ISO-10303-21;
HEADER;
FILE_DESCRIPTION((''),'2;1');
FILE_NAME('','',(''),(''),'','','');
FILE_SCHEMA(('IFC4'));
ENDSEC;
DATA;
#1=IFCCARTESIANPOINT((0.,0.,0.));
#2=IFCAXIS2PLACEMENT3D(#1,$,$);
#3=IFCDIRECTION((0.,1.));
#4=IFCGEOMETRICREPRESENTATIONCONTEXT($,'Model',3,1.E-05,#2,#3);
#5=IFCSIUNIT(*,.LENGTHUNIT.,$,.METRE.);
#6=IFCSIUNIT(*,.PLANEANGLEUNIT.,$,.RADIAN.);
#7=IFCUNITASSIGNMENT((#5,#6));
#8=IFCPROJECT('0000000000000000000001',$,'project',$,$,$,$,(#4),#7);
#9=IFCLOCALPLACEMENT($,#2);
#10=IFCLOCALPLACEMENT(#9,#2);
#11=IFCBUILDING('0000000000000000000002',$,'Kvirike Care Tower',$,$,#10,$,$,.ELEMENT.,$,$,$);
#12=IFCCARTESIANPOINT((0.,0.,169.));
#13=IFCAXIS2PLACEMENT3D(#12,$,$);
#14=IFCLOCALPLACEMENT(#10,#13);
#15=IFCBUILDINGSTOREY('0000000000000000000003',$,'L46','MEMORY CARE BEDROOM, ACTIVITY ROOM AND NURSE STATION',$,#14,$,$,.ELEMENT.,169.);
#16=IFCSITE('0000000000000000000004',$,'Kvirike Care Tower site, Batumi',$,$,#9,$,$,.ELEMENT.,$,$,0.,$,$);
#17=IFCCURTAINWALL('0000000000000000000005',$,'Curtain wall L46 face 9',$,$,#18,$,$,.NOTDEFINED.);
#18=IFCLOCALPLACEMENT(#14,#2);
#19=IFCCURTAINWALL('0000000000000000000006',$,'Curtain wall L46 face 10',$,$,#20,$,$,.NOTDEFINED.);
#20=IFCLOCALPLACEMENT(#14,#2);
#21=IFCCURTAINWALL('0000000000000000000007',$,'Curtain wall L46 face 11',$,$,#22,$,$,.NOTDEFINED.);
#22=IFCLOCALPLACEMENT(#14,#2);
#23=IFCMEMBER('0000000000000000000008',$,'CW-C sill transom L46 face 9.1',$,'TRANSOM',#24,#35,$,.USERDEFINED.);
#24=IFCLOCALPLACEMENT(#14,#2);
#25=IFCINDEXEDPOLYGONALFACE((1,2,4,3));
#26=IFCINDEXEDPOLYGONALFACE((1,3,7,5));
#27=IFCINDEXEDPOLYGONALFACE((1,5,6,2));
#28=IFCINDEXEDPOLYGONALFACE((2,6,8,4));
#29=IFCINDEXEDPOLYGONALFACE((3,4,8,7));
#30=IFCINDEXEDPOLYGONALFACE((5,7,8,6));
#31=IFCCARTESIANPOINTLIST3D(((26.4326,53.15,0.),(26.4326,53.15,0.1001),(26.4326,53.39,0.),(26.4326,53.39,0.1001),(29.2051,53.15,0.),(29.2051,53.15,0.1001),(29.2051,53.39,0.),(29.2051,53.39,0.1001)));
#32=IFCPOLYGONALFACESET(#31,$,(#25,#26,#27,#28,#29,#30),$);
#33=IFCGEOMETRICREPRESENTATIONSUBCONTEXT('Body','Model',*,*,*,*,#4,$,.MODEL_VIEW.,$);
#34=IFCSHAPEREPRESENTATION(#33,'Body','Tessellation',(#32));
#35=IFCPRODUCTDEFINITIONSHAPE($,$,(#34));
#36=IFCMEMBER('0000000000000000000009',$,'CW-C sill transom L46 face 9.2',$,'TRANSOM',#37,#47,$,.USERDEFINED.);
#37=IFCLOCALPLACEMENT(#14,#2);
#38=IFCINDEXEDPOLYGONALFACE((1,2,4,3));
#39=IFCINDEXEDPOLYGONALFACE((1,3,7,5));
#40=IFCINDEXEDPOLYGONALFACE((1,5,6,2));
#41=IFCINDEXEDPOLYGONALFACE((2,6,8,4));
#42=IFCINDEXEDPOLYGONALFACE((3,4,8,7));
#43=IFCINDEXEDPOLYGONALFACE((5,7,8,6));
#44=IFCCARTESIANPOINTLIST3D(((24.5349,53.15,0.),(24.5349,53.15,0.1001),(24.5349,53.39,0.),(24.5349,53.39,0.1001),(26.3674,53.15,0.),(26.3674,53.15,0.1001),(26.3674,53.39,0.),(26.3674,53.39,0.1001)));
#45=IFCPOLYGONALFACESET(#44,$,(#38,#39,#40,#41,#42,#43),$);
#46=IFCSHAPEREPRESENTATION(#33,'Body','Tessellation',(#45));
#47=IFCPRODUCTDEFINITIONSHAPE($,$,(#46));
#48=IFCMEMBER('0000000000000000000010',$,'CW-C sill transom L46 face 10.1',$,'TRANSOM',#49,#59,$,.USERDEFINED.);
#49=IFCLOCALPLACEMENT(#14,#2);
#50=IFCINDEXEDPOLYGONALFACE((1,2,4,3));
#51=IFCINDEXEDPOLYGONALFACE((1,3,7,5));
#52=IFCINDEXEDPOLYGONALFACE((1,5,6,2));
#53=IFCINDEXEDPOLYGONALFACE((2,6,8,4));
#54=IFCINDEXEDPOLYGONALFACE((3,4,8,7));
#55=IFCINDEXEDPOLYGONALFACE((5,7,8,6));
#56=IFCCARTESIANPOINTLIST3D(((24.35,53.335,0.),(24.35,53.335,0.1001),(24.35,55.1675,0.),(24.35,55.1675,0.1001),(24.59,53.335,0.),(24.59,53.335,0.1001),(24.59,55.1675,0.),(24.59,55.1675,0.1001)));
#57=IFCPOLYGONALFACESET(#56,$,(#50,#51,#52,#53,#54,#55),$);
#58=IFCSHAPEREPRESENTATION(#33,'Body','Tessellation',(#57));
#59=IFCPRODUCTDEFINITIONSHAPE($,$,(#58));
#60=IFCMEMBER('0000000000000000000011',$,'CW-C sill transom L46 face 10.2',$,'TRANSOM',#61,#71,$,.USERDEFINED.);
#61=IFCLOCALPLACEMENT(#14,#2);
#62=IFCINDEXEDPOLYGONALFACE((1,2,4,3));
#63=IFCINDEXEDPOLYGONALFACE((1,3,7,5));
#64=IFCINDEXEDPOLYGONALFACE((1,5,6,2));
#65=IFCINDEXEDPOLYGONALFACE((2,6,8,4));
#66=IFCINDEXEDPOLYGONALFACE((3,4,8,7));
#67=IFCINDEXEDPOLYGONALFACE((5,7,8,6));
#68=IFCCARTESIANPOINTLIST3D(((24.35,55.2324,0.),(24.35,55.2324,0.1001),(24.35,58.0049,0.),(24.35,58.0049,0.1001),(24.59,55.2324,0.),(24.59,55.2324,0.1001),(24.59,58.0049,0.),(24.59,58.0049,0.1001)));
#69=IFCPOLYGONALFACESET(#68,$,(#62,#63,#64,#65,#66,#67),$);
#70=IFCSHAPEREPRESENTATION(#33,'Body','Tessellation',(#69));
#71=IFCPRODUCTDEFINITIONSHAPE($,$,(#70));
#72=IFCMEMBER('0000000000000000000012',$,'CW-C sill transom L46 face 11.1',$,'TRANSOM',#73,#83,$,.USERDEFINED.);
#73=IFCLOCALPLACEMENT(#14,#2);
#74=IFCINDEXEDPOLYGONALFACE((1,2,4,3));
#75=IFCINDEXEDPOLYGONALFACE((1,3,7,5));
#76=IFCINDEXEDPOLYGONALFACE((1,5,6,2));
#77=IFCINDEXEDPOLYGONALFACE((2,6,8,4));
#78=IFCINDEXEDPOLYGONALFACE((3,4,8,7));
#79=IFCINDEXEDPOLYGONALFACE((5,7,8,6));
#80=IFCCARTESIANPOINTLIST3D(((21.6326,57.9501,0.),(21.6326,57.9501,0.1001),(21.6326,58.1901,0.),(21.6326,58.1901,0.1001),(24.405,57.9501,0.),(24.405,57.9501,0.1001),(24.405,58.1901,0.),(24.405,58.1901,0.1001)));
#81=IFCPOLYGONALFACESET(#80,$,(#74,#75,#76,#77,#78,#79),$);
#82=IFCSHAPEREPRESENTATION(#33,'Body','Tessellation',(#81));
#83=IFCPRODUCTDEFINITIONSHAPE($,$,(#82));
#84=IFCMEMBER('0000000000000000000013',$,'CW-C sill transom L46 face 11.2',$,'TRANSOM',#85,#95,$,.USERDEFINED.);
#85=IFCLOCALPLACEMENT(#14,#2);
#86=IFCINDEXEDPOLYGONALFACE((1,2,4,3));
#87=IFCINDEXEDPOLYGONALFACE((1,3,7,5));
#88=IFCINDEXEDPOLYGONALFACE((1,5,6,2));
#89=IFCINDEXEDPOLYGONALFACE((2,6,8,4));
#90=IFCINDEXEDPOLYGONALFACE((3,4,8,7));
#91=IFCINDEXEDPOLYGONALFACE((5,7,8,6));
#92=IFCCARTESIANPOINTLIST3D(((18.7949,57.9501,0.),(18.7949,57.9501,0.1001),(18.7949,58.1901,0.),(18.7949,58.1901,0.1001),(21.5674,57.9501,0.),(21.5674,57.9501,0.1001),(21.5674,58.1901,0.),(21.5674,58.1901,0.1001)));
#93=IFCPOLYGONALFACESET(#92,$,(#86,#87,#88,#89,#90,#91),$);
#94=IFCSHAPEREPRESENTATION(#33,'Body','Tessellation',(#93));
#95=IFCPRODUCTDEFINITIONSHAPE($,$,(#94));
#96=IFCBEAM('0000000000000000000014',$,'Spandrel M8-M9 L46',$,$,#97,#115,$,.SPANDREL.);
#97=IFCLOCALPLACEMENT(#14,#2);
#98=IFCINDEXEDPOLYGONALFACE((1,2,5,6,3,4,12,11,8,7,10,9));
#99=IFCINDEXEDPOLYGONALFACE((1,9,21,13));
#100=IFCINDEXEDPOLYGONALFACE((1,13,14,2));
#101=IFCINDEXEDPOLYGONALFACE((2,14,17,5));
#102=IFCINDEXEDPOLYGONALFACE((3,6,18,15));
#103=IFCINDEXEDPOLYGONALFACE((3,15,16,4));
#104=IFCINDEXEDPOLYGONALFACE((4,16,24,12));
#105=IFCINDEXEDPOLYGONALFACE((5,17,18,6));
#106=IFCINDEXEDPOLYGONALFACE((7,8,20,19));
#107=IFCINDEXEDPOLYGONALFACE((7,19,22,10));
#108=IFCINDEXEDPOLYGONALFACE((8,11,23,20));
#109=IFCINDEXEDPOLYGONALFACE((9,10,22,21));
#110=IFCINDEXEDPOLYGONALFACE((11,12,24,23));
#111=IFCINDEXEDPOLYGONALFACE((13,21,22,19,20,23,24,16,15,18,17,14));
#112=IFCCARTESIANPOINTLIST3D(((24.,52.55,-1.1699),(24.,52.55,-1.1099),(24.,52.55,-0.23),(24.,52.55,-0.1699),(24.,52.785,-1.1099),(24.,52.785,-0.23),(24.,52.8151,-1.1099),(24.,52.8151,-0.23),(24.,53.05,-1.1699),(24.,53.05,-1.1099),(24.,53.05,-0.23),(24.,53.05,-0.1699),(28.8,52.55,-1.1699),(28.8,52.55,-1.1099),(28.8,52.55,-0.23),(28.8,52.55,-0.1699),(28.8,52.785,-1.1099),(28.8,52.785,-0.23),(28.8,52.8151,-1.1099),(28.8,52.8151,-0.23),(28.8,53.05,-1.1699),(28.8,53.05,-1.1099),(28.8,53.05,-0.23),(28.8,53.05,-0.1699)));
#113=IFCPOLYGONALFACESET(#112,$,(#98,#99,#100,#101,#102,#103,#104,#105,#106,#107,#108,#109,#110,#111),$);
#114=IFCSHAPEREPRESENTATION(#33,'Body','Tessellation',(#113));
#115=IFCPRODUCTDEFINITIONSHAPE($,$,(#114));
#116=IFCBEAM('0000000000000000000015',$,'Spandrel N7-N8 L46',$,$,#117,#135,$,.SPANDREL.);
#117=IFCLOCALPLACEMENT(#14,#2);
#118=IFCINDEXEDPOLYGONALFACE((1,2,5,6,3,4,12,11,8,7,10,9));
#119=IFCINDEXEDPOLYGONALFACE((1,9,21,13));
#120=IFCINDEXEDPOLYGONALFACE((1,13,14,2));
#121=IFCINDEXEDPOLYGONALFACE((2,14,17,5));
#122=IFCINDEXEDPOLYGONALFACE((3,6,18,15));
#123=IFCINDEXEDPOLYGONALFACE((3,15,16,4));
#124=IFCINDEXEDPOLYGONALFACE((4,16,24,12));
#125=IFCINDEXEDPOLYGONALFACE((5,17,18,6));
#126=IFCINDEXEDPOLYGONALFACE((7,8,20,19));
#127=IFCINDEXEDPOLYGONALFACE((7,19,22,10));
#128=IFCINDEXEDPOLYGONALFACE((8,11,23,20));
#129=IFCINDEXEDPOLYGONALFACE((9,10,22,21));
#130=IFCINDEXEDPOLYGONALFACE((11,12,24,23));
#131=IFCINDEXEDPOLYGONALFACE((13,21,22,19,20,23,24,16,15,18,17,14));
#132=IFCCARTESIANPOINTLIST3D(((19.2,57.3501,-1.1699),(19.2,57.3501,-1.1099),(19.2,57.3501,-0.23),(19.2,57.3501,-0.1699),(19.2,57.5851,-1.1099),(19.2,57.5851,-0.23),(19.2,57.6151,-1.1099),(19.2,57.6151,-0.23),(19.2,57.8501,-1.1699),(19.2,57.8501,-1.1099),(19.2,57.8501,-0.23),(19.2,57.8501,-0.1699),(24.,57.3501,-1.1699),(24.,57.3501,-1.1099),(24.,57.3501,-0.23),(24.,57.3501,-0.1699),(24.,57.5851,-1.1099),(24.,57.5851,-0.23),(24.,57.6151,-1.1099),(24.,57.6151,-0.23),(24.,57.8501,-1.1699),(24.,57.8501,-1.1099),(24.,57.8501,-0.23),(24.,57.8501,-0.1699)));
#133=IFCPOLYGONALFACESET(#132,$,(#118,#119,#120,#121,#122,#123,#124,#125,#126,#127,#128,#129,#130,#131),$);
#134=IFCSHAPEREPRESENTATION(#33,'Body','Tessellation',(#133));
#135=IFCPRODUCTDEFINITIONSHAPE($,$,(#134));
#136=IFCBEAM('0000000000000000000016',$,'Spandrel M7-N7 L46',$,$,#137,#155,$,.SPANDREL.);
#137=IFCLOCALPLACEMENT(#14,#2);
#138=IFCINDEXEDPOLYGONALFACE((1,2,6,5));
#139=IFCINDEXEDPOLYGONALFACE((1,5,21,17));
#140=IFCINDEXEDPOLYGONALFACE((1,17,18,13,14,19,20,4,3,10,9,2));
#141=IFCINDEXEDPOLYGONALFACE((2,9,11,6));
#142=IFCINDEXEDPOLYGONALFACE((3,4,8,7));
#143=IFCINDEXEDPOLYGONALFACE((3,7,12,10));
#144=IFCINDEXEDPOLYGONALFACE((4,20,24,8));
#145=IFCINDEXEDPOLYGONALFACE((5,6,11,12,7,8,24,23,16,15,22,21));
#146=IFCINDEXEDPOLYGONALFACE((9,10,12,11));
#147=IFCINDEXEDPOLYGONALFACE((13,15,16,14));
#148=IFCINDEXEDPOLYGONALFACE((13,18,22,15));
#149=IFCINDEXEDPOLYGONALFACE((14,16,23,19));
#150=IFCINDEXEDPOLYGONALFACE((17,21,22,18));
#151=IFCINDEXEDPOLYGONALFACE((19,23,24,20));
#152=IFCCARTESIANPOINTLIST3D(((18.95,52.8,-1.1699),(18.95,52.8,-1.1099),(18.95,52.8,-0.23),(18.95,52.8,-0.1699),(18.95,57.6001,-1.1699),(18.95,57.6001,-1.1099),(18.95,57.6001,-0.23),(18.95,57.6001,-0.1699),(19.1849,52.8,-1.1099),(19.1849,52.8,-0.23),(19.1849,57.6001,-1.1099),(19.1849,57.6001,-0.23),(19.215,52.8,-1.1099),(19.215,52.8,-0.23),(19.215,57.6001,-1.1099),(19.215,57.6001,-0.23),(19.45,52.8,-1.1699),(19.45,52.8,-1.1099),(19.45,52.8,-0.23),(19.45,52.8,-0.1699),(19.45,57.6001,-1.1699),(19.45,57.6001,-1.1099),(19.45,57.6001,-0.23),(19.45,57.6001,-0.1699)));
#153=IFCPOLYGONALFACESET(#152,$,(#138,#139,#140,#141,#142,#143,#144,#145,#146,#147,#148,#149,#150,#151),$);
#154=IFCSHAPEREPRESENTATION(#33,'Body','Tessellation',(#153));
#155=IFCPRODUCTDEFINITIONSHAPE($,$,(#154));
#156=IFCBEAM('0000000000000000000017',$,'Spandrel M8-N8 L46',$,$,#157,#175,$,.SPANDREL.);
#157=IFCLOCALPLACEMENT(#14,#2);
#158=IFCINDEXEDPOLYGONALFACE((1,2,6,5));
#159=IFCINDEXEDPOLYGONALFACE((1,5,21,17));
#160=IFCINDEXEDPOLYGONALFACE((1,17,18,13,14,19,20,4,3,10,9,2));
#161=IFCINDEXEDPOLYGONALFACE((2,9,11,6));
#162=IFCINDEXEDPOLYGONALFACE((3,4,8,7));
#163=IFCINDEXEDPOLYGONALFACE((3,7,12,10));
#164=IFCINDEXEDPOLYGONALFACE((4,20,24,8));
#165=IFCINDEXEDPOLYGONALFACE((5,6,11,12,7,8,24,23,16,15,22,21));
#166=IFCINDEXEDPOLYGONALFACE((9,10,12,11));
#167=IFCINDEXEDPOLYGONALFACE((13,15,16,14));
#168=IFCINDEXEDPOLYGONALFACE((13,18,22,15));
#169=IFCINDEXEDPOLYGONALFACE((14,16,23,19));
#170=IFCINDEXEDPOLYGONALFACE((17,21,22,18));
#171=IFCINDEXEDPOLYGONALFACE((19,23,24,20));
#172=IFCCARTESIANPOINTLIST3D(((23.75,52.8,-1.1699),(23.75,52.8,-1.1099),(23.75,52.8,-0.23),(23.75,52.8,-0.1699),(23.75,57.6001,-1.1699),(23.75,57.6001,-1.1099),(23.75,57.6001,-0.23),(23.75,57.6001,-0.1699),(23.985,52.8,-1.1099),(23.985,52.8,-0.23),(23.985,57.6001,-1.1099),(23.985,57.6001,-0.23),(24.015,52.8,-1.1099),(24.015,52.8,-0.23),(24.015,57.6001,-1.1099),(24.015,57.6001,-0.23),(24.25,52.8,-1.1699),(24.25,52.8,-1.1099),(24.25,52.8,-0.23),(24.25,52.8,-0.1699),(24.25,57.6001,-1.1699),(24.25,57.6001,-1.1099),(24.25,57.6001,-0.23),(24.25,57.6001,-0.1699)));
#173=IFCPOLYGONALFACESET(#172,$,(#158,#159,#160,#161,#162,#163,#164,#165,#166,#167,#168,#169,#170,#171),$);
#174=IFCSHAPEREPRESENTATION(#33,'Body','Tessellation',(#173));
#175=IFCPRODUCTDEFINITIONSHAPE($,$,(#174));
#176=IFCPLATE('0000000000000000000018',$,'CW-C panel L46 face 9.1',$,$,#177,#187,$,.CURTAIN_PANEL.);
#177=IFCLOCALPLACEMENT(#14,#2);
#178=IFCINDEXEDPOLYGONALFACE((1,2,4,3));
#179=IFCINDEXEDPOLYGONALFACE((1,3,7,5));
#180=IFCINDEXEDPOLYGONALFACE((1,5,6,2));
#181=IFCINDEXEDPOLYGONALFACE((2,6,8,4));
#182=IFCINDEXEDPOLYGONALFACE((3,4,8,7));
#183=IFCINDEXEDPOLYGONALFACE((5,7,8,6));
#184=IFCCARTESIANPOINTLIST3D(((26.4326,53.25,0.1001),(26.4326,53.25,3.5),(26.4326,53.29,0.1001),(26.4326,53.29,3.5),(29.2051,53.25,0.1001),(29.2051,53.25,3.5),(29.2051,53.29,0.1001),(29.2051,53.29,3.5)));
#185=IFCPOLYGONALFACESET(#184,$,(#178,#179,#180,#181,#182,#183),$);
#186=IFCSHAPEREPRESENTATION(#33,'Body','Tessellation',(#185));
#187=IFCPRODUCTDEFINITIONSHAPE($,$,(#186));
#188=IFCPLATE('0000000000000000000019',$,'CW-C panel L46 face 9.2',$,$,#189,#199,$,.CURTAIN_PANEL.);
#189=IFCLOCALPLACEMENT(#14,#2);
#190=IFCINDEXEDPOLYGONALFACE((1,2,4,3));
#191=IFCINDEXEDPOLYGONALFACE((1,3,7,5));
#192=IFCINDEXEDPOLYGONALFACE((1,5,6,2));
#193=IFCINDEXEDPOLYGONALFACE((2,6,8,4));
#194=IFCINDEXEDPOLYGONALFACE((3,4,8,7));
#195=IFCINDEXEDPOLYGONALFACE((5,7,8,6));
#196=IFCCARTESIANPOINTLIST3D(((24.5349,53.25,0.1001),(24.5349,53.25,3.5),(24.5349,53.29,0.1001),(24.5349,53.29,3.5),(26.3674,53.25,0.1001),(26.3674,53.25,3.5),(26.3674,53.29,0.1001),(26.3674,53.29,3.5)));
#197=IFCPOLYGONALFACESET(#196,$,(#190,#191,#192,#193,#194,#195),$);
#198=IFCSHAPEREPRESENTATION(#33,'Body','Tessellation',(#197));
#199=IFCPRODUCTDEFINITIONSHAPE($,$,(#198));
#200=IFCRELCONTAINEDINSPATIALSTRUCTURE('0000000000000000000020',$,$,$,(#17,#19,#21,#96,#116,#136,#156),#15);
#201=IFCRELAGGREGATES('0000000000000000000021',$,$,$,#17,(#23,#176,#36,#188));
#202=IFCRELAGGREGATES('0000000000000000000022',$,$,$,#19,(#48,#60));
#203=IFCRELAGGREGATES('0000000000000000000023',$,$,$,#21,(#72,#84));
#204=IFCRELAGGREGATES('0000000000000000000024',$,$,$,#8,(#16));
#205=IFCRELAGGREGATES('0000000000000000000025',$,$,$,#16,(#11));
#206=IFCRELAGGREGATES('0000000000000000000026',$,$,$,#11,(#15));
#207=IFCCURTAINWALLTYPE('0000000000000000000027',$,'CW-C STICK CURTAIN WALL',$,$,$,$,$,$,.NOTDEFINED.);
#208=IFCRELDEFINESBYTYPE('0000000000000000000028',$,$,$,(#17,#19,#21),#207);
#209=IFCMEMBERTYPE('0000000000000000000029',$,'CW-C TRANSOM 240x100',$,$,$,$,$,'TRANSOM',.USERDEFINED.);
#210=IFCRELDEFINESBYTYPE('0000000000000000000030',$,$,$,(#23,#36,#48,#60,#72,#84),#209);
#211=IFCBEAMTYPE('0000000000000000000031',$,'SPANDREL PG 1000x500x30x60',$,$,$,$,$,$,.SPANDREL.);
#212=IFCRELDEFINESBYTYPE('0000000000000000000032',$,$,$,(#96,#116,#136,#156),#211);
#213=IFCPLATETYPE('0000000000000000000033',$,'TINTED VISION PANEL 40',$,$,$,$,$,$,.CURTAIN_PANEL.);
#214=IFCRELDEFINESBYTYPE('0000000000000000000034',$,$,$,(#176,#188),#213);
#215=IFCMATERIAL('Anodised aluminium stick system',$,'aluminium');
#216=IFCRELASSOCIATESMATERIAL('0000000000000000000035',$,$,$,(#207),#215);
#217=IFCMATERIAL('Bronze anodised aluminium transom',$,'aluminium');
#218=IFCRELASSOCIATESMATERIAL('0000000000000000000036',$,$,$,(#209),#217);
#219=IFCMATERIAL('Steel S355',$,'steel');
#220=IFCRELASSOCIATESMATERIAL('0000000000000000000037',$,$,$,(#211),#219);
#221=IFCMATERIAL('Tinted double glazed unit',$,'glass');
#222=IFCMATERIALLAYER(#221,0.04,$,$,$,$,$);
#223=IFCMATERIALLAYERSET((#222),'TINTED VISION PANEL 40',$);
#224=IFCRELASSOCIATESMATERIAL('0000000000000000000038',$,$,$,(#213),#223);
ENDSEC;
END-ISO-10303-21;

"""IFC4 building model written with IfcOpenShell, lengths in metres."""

from ifc_helpers import new_model, si_unit, direction, frame, origin, origin_2d, place, context, subcontext, project, spatial, rectangle, i_section, extrude, material, layer, layer_set, material_profile, profile_set, type_object, element, aggregate, save


model = new_model("IFC4")

# Units and contexts
model_context = context("Model", 3, precision=1e-05, world=origin(), true_north=direction((0.0, 1.0)))
body_context = subcontext(model_context, "Body", "Model", "MODEL_VIEW")
ifc_project = project(units=[si_unit("LENGTHUNIT", "METRE"), si_unit("PLANEANGLEUNIT", "RADIAN")], contexts=[model_context])

# Site, building, storey
site_placement = place(None, origin())
site = spatial("IfcSite", under=ifc_project, at=site_placement, Name="Kvirike Care Tower site, Batumi", CompositionType="ELEMENT", RefElevation=0.0)
building_placement = place(site_placement, origin())
building = spatial("IfcBuilding", under=site, at=building_placement, Name="Kvirike Care Tower", CompositionType="ELEMENT")
storey_placement = place(building_placement, frame((0.0, 0.0, 169.0)))
storey = spatial("IfcBuildingStorey", under=building, at=storey_placement, Name="L46", Description="MEMORY CARE BEDROOM, ACTIVITY ROOM AND NURSE STATION", CompositionType="ELEMENT", Elevation=169.0)

# Curtain walls
ifc_material_1 = material(Name="Anodised aluminium stick system", Category="aluminium")
curtain_wall_type = type_object("IfcCurtainWallType", Name="CW-C STICK CURTAIN WALL", PredefinedType="NOTDEFINED", material=ifc_material_1)
curtain_wall_1_placement = place(storey_placement, origin())
curtain_wall_1 = element("IfcCurtainWall", 1, at=curtain_wall_1_placement, inside=storey, type_object=curtain_wall_type, Name="Curtain wall L46 face 9", PredefinedType="NOTDEFINED")
curtain_wall_2_placement = place(storey_placement, origin())
curtain_wall_2 = element("IfcCurtainWall", 2, at=curtain_wall_2_placement, inside=storey, type_object=curtain_wall_type, Name="Curtain wall L46 face 10", PredefinedType="NOTDEFINED")

# Curtain wall
curtain_wall_3_placement = place(storey_placement, origin())
curtain_wall_3 = element("IfcCurtainWall", 3, at=curtain_wall_3_placement, inside=storey, type_object=curtain_wall_type, Name="Curtain wall L46 face 11", PredefinedType="NOTDEFINED")

# Members
ifc_material_2 = material(Name="Bronze anodised aluminium transom", Category="aluminium")
ifc_material_profile_1 = material_profile(ifc_material_2, rectangle(XDim=0.24, YDim=0.1001, at=origin_2d()), Name="CW-C TRANSOM 240x100")
ifc_profile_set_1 = profile_set([ifc_material_profile_1], Name="Bronze anodised aluminium transom")
member_type_1 = type_object("IfcMemberType", Name="CW-C TRANSOM 240x100", ElementType="TRANSOM", PredefinedType="USERDEFINED", material=ifc_profile_set_1)
member_1_placement = place(storey_placement, frame((29.2051, 53.27, 0.05), z_axis=(-1.0, 0.0, 0.0), x_axis=(0.0, -1.0, 0.0)))
member_1 = element("IfcMember", 4, at=member_1_placement, type_object=member_type_1, Name="CW-C sill transom L46 face 9.1", ObjectType="TRANSOM", PredefinedType="USERDEFINED", context=body_context, shape_type="SweptSolid", body=[
    extrude(rectangle(XDim=0.24, YDim=0.1001, at=origin_2d()), origin(), (0.0, 0.0, 1.0), 2.7725),
])
member_2_placement = place(storey_placement, frame((26.3674, 53.27, 0.05), z_axis=(-1.0, 0.0, 0.0), x_axis=(0.0, -1.0, 0.0)))
member_2 = element("IfcMember", 5, at=member_2_placement, type_object=member_type_1, Name="CW-C sill transom L46 face 9.2", ObjectType="TRANSOM", PredefinedType="USERDEFINED", context=body_context, shape_type="SweptSolid", body=[
    extrude(rectangle(XDim=0.24, YDim=0.1001, at=origin_2d()), origin(), (0.0, 0.0, 1.0), 1.8325),
])
member_3_placement = place(storey_placement, frame((24.47, 53.335, 0.05), z_axis=(0.0, 1.0, 0.0), x_axis=(-1.0, 0.0, 0.0)))
member_3 = element("IfcMember", 6, at=member_3_placement, type_object=member_type_1, Name="CW-C sill transom L46 face 10.1", ObjectType="TRANSOM", PredefinedType="USERDEFINED", context=body_context, shape_type="SweptSolid", body=[
    extrude(rectangle(XDim=0.24, YDim=0.1001, at=origin_2d()), origin(), (0.0, 0.0, 1.0), 1.8325),
])
member_4_placement = place(storey_placement, frame((24.47, 55.2324, 0.05), z_axis=(0.0, 1.0, 0.0), x_axis=(-1.0, 0.0, 0.0)))
member_4 = element("IfcMember", 7, at=member_4_placement, type_object=member_type_1, Name="CW-C sill transom L46 face 10.2", ObjectType="TRANSOM", PredefinedType="USERDEFINED", context=body_context, shape_type="SweptSolid", body=[
    extrude(rectangle(XDim=0.24, YDim=0.1001, at=origin_2d()), origin(), (0.0, 0.0, 1.0), 2.7725),
])
member_5_placement = place(storey_placement, frame((24.405, 58.0701, 0.05), z_axis=(-1.0, 0.0, 0.0), x_axis=(0.0, -1.0, 0.0)))
member_5 = element("IfcMember", 8, at=member_5_placement, type_object=member_type_1, Name="CW-C sill transom L46 face 11.1", ObjectType="TRANSOM", PredefinedType="USERDEFINED", context=body_context, shape_type="SweptSolid", body=[
    extrude(rectangle(XDim=0.24, YDim=0.1001, at=origin_2d()), origin(), (0.0, 0.0, 1.0), 2.7725),
])
member_6_placement = place(storey_placement, frame((21.5674, 58.0701, 0.05), z_axis=(-1.0, 0.0, 0.0), x_axis=(0.0, -1.0, 0.0)))
member_6 = element("IfcMember", 9, at=member_6_placement, type_object=member_type_1, Name="CW-C sill transom L46 face 11.2", ObjectType="TRANSOM", PredefinedType="USERDEFINED", context=body_context, shape_type="SweptSolid", body=[
    extrude(rectangle(XDim=0.24, YDim=0.1001, at=origin_2d()), origin(), (0.0, 0.0, 1.0), 2.7725),
])

# Beams
ifc_material_3 = material(Name="Steel S355", Category="steel")
ifc_material_profile_2 = material_profile(ifc_material_3, i_section(OverallWidth=0.5, OverallDepth=1.0, WebThickness=0.03, FlangeThickness=0.0601, at=origin_2d()), Name="PG 1000x500x30x60")
ifc_profile_set_2 = profile_set([ifc_material_profile_2], Name="Steel S355")
beam_type = type_object("IfcBeamType", Name="SPANDREL PG 1000x500x30x60", PredefinedType="SPANDREL", material=ifc_profile_set_2)
for number, where, z_axis, x_axis, name in (
    (10, (24.0, 52.8, -0.6699), (1.0, 0.0, 0.0), (0.0, 1.0, 0.0), "Spandrel M8-M9 L46"),
    (11, (19.2, 57.6001, -0.6699), (1.0, 0.0, 0.0), (0.0, 1.0, 0.0), "Spandrel N7-N8 L46"),
    (12, (19.2, 52.8, -0.6699), (0.0, 1.0, 0.0), (-1.0, 0.0, 0.0), "Spandrel M7-N7 L46"),
    (13, (24.0, 52.8, -0.6699), (0.0, 1.0, 0.0), (-1.0, 0.0, 0.0), "Spandrel M8-N8 L46"),
):
    element("IfcBeam", number, at=place(storey_placement, frame(where, z_axis=z_axis, x_axis=x_axis)), inside=storey, type_object=beam_type, Name=name, PredefinedType="SPANDREL", context=body_context, shape_type="SweptSolid", body=[
        extrude(i_section(OverallWidth=0.5, OverallDepth=1.0, WebThickness=0.03, FlangeThickness=0.0601, at=origin_2d()), origin(), (0.0, 0.0, 1.0), 4.8),
    ])

# Plates
ifc_material_4 = material(Name="Tinted double glazed unit", Category="glass")
ifc_layer_1 = layer(ifc_material_4, 0.04)
ifc_layer_set_1 = layer_set([ifc_layer_1], Name="TINTED VISION PANEL 40")
plate_type = type_object("IfcPlateType", Name="TINTED VISION PANEL 40", PredefinedType="CURTAIN_PANEL", material=ifc_layer_set_1)
plate_1_placement = place(storey_placement, frame((27.8188, 53.27, 0.1001), z_axis=(0.0, 0.0, 1.0), x_axis=(-1.0, 0.0, 0.0)))
plate_1 = element("IfcPlate", 14, at=plate_1_placement, type_object=plate_type, Name="CW-C panel L46 face 9.1", PredefinedType="CURTAIN_PANEL", context=body_context, shape_type="SweptSolid", body=[
    extrude(rectangle(XDim=2.7725, YDim=0.04, at=origin_2d()), origin(), (0.0, 0.0, 1.0), 3.3999),
])
plate_2_placement = place(storey_placement, frame((25.4512, 53.27, 0.1001), z_axis=(0.0, 0.0, 1.0), x_axis=(-1.0, 0.0, 0.0)))
plate_2 = element("IfcPlate", 15, at=plate_2_placement, type_object=plate_type, Name="CW-C panel L46 face 9.2", PredefinedType="CURTAIN_PANEL", context=body_context, shape_type="SweptSolid", body=[
    extrude(rectangle(XDim=1.8325, YDim=0.04, at=origin_2d()), origin(), (0.0, 0.0, 1.0), 3.3999),
])
aggregate(curtain_wall_1, [member_1, plate_1, member_2, plate_2])
aggregate(curtain_wall_2, [member_3, member_4])
aggregate(curtain_wall_3, [member_5, member_6])

save(model, "model.ifc")
